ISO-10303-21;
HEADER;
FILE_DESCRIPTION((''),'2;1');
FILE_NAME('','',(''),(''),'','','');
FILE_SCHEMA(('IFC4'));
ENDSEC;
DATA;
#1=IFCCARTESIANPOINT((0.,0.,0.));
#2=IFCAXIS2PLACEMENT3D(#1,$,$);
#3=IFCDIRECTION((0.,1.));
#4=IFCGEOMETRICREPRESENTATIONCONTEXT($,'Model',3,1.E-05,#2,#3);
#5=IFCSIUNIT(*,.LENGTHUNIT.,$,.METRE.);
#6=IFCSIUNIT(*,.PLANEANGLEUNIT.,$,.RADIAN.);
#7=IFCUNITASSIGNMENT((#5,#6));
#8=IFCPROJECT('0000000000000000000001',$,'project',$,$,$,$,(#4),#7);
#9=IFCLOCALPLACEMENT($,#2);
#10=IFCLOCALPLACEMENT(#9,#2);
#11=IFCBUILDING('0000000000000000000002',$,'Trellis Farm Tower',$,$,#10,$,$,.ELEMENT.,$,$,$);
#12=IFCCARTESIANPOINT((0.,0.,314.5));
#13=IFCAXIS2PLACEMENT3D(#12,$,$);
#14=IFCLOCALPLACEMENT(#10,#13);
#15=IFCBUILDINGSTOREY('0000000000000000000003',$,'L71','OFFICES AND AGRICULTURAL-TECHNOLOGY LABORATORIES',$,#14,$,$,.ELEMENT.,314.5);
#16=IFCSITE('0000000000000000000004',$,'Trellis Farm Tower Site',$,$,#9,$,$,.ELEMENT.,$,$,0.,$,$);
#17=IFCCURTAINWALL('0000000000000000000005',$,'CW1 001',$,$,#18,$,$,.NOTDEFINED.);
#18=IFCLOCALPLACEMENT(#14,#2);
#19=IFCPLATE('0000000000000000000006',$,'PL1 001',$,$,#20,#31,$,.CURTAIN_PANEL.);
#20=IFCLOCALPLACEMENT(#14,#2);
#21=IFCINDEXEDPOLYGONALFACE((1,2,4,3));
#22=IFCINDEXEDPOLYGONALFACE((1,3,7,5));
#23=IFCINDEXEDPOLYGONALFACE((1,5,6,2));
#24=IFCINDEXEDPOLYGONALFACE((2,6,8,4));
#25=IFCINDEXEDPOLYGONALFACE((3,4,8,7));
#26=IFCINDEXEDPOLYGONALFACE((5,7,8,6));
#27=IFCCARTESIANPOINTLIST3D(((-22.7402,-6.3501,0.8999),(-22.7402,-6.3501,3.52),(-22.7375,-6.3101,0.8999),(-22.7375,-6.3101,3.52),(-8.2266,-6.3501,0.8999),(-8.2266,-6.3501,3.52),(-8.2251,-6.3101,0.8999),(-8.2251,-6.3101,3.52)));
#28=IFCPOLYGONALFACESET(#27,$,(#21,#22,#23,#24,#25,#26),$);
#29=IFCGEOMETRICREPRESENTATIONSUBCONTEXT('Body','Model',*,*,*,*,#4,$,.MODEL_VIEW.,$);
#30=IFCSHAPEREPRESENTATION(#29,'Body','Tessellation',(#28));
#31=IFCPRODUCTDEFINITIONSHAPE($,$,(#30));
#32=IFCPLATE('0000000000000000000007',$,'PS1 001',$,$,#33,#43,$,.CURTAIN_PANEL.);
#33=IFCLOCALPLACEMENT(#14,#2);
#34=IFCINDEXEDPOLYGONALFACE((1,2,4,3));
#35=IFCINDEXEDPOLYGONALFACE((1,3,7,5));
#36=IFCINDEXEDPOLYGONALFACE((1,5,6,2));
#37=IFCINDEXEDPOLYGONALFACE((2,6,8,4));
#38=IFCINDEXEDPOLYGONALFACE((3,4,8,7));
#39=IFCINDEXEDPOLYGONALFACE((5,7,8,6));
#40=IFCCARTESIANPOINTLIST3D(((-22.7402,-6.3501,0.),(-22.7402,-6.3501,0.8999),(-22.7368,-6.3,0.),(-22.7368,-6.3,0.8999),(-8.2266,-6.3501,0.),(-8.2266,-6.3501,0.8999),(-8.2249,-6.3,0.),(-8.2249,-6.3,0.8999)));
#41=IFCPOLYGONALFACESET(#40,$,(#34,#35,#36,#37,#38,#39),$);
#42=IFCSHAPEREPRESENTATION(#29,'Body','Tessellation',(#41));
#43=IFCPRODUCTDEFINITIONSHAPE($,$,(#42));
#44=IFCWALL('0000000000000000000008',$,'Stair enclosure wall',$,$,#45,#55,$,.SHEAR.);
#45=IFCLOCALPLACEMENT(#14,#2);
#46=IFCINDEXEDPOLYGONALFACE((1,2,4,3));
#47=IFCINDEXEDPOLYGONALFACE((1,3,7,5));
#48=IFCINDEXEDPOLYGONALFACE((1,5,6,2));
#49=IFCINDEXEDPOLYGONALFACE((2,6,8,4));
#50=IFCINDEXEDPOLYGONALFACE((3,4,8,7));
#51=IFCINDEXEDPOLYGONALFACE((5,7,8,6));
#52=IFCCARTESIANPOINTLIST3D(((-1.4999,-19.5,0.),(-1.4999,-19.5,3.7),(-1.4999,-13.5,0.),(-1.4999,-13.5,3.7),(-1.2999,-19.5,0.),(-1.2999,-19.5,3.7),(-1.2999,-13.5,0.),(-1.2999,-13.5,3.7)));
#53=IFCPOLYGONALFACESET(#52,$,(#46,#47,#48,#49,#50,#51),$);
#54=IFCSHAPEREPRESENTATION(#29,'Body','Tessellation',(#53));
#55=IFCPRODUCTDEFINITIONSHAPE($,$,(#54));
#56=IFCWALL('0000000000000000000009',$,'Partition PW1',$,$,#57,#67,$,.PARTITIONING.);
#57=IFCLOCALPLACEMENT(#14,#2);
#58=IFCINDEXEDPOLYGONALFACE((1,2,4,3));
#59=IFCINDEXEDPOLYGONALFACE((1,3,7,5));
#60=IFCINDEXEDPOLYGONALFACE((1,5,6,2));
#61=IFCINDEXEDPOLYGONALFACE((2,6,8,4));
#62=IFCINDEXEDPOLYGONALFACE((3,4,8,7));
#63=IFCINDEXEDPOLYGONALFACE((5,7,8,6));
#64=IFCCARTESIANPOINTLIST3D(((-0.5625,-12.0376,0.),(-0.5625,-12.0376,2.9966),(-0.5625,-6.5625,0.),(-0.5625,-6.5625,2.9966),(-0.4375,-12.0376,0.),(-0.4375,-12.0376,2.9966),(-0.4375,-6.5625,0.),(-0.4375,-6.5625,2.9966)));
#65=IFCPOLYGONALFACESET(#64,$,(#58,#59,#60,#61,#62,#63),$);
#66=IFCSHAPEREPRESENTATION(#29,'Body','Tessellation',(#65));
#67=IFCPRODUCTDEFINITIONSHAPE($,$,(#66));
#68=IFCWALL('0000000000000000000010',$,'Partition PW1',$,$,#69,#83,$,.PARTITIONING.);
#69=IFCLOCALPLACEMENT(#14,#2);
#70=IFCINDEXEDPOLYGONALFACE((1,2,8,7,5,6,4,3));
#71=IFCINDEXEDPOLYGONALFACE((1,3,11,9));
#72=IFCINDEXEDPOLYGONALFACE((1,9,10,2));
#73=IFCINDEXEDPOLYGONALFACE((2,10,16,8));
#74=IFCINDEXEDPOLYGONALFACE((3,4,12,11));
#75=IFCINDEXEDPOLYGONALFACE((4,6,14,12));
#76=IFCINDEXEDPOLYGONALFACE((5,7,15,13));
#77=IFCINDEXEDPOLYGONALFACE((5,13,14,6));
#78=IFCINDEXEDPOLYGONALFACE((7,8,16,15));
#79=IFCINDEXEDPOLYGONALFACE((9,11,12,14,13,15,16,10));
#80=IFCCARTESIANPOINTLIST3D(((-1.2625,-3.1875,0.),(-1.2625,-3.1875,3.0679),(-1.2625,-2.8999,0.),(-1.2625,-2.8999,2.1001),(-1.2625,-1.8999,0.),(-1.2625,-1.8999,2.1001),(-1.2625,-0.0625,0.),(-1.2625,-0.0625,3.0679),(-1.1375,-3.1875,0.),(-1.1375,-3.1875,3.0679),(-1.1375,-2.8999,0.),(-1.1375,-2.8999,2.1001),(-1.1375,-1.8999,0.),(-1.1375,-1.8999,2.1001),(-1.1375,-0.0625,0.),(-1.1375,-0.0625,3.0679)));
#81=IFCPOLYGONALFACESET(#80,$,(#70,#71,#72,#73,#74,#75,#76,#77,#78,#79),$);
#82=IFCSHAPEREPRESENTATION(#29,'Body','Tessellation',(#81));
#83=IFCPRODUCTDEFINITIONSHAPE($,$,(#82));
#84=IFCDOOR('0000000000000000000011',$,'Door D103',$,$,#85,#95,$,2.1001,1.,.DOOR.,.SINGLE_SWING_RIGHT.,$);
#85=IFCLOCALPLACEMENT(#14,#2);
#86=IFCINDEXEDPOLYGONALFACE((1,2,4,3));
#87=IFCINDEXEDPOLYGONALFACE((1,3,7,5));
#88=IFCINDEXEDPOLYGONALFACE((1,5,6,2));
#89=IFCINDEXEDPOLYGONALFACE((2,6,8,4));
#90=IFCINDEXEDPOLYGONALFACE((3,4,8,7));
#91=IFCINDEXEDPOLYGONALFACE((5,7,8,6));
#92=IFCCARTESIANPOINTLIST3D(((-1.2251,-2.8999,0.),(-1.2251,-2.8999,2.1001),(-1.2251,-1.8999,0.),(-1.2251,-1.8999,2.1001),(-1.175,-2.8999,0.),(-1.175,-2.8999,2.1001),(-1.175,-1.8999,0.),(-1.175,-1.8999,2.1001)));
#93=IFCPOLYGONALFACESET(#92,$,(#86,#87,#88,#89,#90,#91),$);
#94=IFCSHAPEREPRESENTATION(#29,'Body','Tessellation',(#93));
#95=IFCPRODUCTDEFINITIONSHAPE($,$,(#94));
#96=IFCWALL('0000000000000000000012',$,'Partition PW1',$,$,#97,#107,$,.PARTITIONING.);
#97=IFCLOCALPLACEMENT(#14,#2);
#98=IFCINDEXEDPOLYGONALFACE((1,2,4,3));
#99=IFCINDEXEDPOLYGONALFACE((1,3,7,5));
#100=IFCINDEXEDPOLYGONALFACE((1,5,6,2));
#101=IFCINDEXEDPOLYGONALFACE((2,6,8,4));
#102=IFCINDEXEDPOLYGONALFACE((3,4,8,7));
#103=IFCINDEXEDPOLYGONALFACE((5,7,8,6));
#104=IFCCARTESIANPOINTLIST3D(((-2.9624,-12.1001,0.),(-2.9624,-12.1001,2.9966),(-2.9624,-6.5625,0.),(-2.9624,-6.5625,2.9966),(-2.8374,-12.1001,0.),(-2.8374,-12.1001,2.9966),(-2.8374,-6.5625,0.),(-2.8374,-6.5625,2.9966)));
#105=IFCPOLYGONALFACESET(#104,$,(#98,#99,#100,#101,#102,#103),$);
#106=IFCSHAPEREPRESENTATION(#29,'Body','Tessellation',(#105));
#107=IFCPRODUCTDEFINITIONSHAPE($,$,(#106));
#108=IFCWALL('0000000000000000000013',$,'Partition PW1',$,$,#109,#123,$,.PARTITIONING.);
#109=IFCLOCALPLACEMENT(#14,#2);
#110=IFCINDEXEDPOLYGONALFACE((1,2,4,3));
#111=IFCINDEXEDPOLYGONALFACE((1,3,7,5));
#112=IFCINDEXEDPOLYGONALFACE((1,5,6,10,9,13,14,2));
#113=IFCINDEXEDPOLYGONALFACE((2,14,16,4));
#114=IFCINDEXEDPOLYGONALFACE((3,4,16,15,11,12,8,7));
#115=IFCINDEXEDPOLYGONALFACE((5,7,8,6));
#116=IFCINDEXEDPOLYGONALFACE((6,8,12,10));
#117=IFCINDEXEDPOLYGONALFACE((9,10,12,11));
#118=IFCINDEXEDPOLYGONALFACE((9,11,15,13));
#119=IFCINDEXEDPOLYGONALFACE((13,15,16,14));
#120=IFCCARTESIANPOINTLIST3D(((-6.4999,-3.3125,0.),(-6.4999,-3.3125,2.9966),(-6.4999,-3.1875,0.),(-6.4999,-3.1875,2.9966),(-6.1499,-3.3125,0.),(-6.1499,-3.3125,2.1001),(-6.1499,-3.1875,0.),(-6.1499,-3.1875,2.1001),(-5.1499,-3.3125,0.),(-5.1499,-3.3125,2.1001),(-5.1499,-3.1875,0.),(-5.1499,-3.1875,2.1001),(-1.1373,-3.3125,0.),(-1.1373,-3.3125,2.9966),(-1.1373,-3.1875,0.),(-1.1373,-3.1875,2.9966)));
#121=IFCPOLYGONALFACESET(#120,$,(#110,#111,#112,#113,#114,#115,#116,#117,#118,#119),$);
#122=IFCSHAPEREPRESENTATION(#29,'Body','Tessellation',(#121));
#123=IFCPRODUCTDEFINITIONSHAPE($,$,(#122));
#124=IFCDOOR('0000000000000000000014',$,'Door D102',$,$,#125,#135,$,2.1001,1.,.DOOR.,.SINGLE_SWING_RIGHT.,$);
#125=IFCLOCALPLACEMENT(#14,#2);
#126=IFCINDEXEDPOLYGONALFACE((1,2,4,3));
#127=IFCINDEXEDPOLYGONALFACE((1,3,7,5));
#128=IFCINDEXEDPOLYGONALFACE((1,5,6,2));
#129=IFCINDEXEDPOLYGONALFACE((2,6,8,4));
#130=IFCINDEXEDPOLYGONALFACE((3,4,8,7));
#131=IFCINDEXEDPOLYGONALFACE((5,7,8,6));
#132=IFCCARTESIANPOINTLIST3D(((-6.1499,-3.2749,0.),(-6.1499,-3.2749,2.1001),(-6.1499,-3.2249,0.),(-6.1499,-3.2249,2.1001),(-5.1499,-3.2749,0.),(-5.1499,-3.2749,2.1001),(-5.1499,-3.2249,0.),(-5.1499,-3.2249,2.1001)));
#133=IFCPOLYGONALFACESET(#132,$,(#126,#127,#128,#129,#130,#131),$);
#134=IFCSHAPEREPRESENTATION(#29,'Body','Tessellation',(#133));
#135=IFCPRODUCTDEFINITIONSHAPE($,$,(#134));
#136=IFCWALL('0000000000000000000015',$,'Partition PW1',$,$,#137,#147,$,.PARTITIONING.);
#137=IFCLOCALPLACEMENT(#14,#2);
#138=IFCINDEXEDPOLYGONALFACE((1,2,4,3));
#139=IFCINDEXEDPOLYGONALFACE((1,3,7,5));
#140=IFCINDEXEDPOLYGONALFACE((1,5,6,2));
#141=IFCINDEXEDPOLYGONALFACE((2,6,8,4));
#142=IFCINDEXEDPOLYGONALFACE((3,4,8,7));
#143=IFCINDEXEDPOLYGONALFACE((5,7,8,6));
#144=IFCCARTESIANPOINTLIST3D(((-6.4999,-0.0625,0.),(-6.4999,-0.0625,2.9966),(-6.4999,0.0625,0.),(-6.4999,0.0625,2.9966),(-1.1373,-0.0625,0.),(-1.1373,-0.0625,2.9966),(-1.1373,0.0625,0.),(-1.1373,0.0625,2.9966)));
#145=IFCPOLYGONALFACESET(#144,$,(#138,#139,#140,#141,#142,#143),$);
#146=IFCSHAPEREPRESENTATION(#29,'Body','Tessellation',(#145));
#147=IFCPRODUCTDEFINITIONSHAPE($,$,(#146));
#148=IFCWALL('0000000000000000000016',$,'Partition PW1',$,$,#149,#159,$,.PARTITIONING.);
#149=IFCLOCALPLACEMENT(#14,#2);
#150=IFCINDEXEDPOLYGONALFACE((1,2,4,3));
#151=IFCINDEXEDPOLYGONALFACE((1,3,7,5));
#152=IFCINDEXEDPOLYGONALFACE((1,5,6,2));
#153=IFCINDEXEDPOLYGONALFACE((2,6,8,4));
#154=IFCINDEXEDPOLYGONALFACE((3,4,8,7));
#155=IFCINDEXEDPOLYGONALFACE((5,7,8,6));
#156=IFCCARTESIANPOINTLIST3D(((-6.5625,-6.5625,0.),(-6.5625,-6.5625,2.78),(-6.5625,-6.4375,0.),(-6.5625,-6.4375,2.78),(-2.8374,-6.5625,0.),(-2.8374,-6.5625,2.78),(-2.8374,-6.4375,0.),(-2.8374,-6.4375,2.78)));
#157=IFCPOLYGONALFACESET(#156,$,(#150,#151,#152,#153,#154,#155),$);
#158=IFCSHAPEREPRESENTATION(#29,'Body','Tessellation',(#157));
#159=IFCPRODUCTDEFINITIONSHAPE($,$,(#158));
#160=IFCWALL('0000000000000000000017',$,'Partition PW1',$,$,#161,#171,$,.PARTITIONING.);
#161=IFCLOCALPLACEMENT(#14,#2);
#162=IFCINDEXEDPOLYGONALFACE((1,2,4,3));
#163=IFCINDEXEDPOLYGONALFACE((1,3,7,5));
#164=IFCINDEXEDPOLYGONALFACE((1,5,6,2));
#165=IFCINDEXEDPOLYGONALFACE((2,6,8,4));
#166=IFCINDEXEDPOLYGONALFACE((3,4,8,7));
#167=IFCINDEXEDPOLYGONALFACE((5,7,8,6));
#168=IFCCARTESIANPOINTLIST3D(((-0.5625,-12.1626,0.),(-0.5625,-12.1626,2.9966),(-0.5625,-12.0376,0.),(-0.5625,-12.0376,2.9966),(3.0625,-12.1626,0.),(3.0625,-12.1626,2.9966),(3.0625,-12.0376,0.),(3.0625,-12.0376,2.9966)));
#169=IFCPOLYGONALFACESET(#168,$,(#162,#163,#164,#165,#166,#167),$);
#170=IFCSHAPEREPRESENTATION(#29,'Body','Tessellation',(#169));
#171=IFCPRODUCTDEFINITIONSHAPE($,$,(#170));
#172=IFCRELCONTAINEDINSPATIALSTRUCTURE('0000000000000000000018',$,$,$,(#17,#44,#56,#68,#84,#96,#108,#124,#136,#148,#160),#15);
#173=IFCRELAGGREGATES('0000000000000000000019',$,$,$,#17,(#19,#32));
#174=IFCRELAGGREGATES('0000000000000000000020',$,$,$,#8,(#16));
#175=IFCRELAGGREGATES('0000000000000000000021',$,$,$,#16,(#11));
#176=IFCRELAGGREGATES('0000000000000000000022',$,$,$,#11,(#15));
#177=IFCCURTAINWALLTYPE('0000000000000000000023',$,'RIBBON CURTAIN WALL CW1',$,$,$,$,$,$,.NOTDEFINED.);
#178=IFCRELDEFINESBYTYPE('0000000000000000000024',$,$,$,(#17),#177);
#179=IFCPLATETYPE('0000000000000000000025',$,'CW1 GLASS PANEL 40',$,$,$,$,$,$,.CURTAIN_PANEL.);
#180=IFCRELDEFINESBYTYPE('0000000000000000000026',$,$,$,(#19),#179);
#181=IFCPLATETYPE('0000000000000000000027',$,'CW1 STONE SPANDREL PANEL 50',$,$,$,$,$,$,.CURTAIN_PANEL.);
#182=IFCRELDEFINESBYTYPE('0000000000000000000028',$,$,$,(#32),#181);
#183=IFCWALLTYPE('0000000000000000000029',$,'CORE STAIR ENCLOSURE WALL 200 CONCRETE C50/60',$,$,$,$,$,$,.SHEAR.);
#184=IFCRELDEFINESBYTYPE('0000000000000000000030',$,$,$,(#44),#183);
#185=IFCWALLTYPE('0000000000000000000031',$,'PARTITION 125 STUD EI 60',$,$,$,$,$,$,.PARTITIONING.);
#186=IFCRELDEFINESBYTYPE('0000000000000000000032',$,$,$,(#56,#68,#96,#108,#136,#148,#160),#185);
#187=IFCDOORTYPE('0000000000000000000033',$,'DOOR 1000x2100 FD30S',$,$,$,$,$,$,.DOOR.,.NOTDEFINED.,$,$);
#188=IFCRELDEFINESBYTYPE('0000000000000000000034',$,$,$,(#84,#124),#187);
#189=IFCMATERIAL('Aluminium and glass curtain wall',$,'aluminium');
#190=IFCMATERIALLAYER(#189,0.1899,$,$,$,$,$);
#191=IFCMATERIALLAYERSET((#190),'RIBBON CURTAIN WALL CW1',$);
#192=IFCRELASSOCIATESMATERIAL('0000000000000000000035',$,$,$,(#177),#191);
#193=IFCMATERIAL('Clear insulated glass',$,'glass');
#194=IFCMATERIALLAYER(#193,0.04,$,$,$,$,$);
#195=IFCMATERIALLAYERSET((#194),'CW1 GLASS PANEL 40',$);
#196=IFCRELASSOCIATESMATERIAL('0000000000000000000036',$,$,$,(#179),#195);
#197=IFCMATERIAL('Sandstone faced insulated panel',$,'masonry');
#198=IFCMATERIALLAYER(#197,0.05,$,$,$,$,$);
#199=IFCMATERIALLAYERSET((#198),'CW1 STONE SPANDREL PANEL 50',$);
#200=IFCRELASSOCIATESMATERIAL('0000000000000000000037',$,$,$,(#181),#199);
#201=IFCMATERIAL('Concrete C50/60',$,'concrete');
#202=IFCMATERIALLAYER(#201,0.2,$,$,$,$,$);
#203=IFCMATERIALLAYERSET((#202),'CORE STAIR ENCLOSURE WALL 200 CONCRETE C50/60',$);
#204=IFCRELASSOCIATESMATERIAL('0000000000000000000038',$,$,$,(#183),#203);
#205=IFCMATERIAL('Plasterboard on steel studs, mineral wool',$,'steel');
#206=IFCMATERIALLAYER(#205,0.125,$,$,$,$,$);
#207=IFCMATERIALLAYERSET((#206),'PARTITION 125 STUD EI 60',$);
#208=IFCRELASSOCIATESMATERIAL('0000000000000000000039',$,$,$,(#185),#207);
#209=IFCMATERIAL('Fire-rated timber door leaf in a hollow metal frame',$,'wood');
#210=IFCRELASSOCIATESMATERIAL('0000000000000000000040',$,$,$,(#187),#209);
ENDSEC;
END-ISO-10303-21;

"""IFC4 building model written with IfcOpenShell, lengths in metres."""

from ifc_helpers import new_model, si_unit, direction, frame, frame_2d, origin, place, context, subcontext, project, spatial, polyline, rectangle, outline, extrude, source, transform, mapped, material, layer, layer_set, type_object, element, fill, aggregate, save


model = new_model("IFC4")

# Units and contexts
model_context = context("Model", 3, precision=1e-05, world=origin(), true_north=direction((0.0, 1.0)))
body_context = subcontext(model_context, "Body", "Model", "MODEL_VIEW")
ifc_project = project(units=[si_unit("LENGTHUNIT", "METRE"), si_unit("PLANEANGLEUNIT", "RADIAN")], contexts=[model_context])

# Site, building, storey
site_placement = place(None, origin())
site = spatial("IfcSite", under=ifc_project, at=site_placement, Name="Trellis Farm Tower Site", CompositionType="ELEMENT", RefElevation=0.0)
building_placement = place(site_placement, origin())
building = spatial("IfcBuilding", under=site, at=building_placement, Name="Trellis Farm Tower", CompositionType="ELEMENT")
storey_placement = place(building_placement, frame((0.0, 0.0, 314.5)))
storey = spatial("IfcBuildingStorey", under=building, at=storey_placement, Name="L71", Description="OFFICES AND AGRICULTURAL-TECHNOLOGY LABORATORIES", CompositionType="ELEMENT", Elevation=314.5)

# Curtain wall
ifc_material_1 = material(Name="Aluminium and glass curtain wall", Category="aluminium")
ifc_layer_1 = layer(ifc_material_1, 0.1899)
ifc_layer_set_1 = layer_set([ifc_layer_1], Name="RIBBON CURTAIN WALL CW1")
curtain_wall_type_1 = type_object("IfcCurtainWallType", Name="RIBBON CURTAIN WALL CW1", PredefinedType="NOTDEFINED", material=ifc_layer_set_1)
placement_1 = place(storey_placement, origin())
curtain_wall_1 = element("IfcCurtainWall", 1, at=placement_1, inside=storey, type_object=curtain_wall_type_1, Name="CW1 001", PredefinedType="NOTDEFINED")

# Shared definitions
ifc_material_2 = material(Name="Concrete C50/60", Category="concrete")

# Shared definitions
ifc_material_3 = material(Name="Clear insulated glass", Category="glass")

# Plates
ifc_layer_2 = layer(ifc_material_3, 0.04)
ifc_layer_set_2 = layer_set([ifc_layer_2], Name="CW1 GLASS PANEL 40")
plate_type_1 = type_object("IfcPlateType", Name="CW1 GLASS PANEL 40", PredefinedType="CURTAIN_PANEL", material=ifc_layer_set_2)
shared_shape_1 = source(origin(), body_context, "Body", "SweptSolid", [
    extrude(outline(polyline([(-22.7402, -6.3501), (-8.2266, -6.3501), (-8.2251, -6.3101), (-22.7375, -6.3101), (-22.7402, -6.3501)])), origin(), (0.0, 0.0, 1.0), 2.6201),
])
plate_1_placement = place(storey_placement, frame((0.0, 0.0, 0.8999)))
plate_1 = element("IfcPlate", 2, at=plate_1_placement, type_object=plate_type_1, Name="PL1 001", PredefinedType="CURTAIN_PANEL", context=body_context, shape_type="MappedRepresentation", body=[
    mapped(shared_shape_1, transform((0.0, 0.0, 0.0))),
])
ifc_material_4 = material(Name="Sandstone faced insulated panel", Category="masonry")
ifc_layer_3 = layer(ifc_material_4, 0.05)
ifc_layer_set_3 = layer_set([ifc_layer_3], Name="CW1 STONE SPANDREL PANEL 50")
plate_type_2 = type_object("IfcPlateType", Name="CW1 STONE SPANDREL PANEL 50", PredefinedType="CURTAIN_PANEL", material=ifc_layer_set_3)
shared_shape_2 = source(origin(), body_context, "Body", "SweptSolid", [
    extrude(outline(polyline([(-22.7402, -6.3501), (-8.2266, -6.3501), (-8.2249, -6.3), (-22.7368, -6.3), (-22.7402, -6.3501)])), origin(), (0.0, 0.0, 1.0), 0.8999),
])
plate_2 = element("IfcPlate", 3, at=placement_1, type_object=plate_type_2, Name="PS1 001", PredefinedType="CURTAIN_PANEL", context=body_context, shape_type="MappedRepresentation", body=[
    mapped(shared_shape_2, transform((0.0, 0.0, 0.0))),
])
aggregate(curtain_wall_1, [plate_1, plate_2])

# Walls
ifc_layer_4 = layer(ifc_material_2, 0.2)
ifc_layer_set_4 = layer_set([ifc_layer_4], Name="CORE STAIR ENCLOSURE WALL 200 CONCRETE C50/60")
wall_type_1 = type_object("IfcWallType", Name="CORE STAIR ENCLOSURE WALL 200 CONCRETE C50/60", PredefinedType="SHEAR", material=ifc_layer_set_4)
shared_shape_3 = source(origin(), body_context, "Body", "SweptSolid", [
    extrude(rectangle(XDim=6.0, YDim=0.2, at=frame_2d((3.0, 0.0))), origin(), (0.0, 0.0, 1.0), 3.7),
])
wall_1_placement = place(storey_placement, frame((-1.3999, -13.5, 0.0), z_axis=(0.0, 0.0, 1.0), x_axis=(0.0, -1.0, 0.0)))
element("IfcWall", 4, at=wall_1_placement, inside=storey, type_object=wall_type_1, Name="Stair enclosure wall", PredefinedType="SHEAR", context=body_context, shape_type="MappedRepresentation", body=[
    mapped(shared_shape_3, transform((0.0, 0.0, 0.0))),
])
ifc_material_5 = material(Name="Plasterboard on steel studs, mineral wool", Category="steel")
ifc_layer_5 = layer(ifc_material_5, 0.125)
ifc_layer_set_5 = layer_set([ifc_layer_5], Name="PARTITION 125 STUD EI 60")
wall_type_2 = type_object("IfcWallType", Name="PARTITION 125 STUD EI 60", PredefinedType="PARTITIONING", material=ifc_layer_set_5)
shared_shape_4 = source(origin(), body_context, "Body", "SweptSolid", [
    extrude(rectangle(XDim=5.4751, YDim=0.125, at=frame_2d((2.7375, 0.0))), origin(), (0.0, 0.0, 1.0), 2.9966),
])
wall_2_placement = place(storey_placement, frame((-0.5, -6.5625, 0.0), z_axis=(0.0, 0.0, 1.0), x_axis=(0.0, -1.0, 0.0)))
element("IfcWall", 5, at=wall_2_placement, inside=storey, type_object=wall_type_2, Name="Partition PW1", PredefinedType="PARTITIONING", context=body_context, shape_type="MappedRepresentation", body=[
    mapped(shared_shape_4, transform((0.0, 0.0, 0.0))),
])

# Wall, opening, door
shared_shape_5 = source(origin(), body_context, "Body", "SweptSolid", [
    extrude(rectangle(XDim=3.125, YDim=0.125, at=frame_2d((1.5625, 0.0))), origin(), (0.0, 0.0, 1.0), 3.0679),
])
wall_3_placement = place(storey_placement, frame((-1.2, -0.0625, 0.0), z_axis=(0.0, 0.0, 1.0), x_axis=(0.0, -1.0, 0.0)))
wall_3 = element("IfcWall", 6, at=wall_3_placement, inside=storey, type_object=wall_type_2, Name="Partition PW1", PredefinedType="PARTITIONING", context=body_context, shape_type="MappedRepresentation", body=[
    mapped(shared_shape_5, transform((0.0, 0.0, 0.0))),
])
shared_shape_6 = source(origin(), body_context, "Body", "SweptSolid", [
    extrude(rectangle(XDim=1.0, YDim=2.1001, at=frame_2d((0.5, 1.05))), frame((0.0, 0.0725, 0.0), z_axis=(0.0, -1.0, 0.0), x_axis=(1.0, 0.0, 0.0)), (0.0, 0.0, 1.0), 0.145),
])
opening_1_placement = place(wall_3_placement, frame((1.8374, 0.0, 0.0)))
opening_1 = element("IfcOpeningElement", 7, at=opening_1_placement, cuts=wall_3, PredefinedType="OPENING", context=body_context, shape_type="MappedRepresentation", body=[
    mapped(shared_shape_6, transform((0.0, 0.0, 0.0))),
])
ifc_material_6 = material(Name="Fire-rated timber door leaf in a hollow metal frame", Category="wood")
door_type = type_object("IfcDoorType", Name="DOOR 1000x2100 FD30S", OperationType="NOTDEFINED", PredefinedType="DOOR", material=ifc_material_6)
shared_shape_7 = source(origin(), body_context, "Body", "SweptSolid", [
    extrude(rectangle(XDim=1.0, YDim=2.1001, at=frame_2d((0.5, 1.05))), frame((0.0, 0.0249, 0.0), z_axis=(0.0, -1.0, 0.0), x_axis=(1.0, 0.0, 0.0)), (0.0, 0.0, 1.0), 0.05),
])
door_1_placement = place(opening_1_placement, origin())
door_1 = element("IfcDoor", 8, at=door_1_placement, inside=storey, type_object=door_type, Name="Door D103", OperationType="SINGLE_SWING_RIGHT", OverallHeight=2.1001, OverallWidth=1.0, PredefinedType="DOOR", context=body_context, shape_type="MappedRepresentation", body=[
    mapped(shared_shape_7, transform((0.0, 0.0, 0.0))),
])
fill(opening_1, door_1)

# Wall
shared_shape_8 = source(origin(), body_context, "Body", "SweptSolid", [
    extrude(rectangle(XDim=5.5376, YDim=0.125, at=frame_2d((2.7688, 0.0))), origin(), (0.0, 0.0, 1.0), 2.9966),
])
wall_4_placement = place(storey_placement, frame((-2.8999, -12.1001, 0.0), z_axis=(0.0, 0.0, 1.0), x_axis=(0.0, 1.0, 0.0)))
element("IfcWall", 9, at=wall_4_placement, inside=storey, type_object=wall_type_2, Name="Partition PW1", PredefinedType="PARTITIONING", context=body_context, shape_type="MappedRepresentation", body=[
    mapped(shared_shape_8, transform((0.0, 0.0, 0.0))),
])

# Wall, opening, door
shared_shape_9 = source(origin(), body_context, "Body", "SweptSolid", [
    extrude(rectangle(XDim=5.3625, YDim=0.125, at=frame_2d((2.6812, 0.0))), origin(), (0.0, 0.0, 1.0), 2.9966),
])
wall_5_placement = place(storey_placement, frame((-1.1375, -3.25, 0.0), z_axis=(0.0, 0.0, 1.0), x_axis=(-1.0, 0.0, 0.0)))
wall_5 = element("IfcWall", 10, at=wall_5_placement, inside=storey, type_object=wall_type_2, Name="Partition PW1", PredefinedType="PARTITIONING", context=body_context, shape_type="MappedRepresentation", body=[
    mapped(shared_shape_9, transform((0.0, 0.0, 0.0))),
])
opening_2_placement = place(wall_5_placement, frame((4.0125, 0.0, 0.0)))
opening_2 = element("IfcOpeningElement", 11, at=opening_2_placement, cuts=wall_5, PredefinedType="OPENING", context=body_context, shape_type="MappedRepresentation", body=[
    mapped(shared_shape_6, transform((0.0, 0.0, 0.0))),
])
door_2_placement = place(opening_2_placement, origin())
door_2 = element("IfcDoor", 12, at=door_2_placement, inside=storey, type_object=door_type, Name="Door D102", OperationType="SINGLE_SWING_RIGHT", OverallHeight=2.1001, OverallWidth=1.0, PredefinedType="DOOR", context=body_context, shape_type="MappedRepresentation", body=[
    mapped(shared_shape_7, transform((0.0, 0.0, 0.0))),
])
fill(opening_2, door_2)

# Walls
wall_6_placement = place(storey_placement, frame((-1.1375, 0.0, 0.0), z_axis=(0.0, 0.0, 1.0), x_axis=(-1.0, 0.0, 0.0)))
element("IfcWall", 13, at=wall_6_placement, inside=storey, type_object=wall_type_2, Name="Partition PW1", PredefinedType="PARTITIONING", context=body_context, shape_type="MappedRepresentation", body=[
    mapped(shared_shape_9, transform((0.0, 0.0, 0.0))),
])
shared_shape_10 = source(origin(), body_context, "Body", "SweptSolid", [
    extrude(rectangle(XDim=3.7251, YDim=0.125, at=frame_2d((1.8625, 0.0))), origin(), (0.0, 0.0, 1.0), 2.78),
])
wall_7_placement = place(storey_placement, frame((-2.8374, -6.5, 0.0), z_axis=(0.0, 0.0, 1.0), x_axis=(-1.0, 0.0, 0.0)))
element("IfcWall", 14, at=wall_7_placement, inside=storey, type_object=wall_type_2, Name="Partition PW1", PredefinedType="PARTITIONING", context=body_context, shape_type="MappedRepresentation", body=[
    mapped(shared_shape_10, transform((0.0, 0.0, 0.0))),
])
shared_shape_11 = source(origin(), body_context, "Body", "SweptSolid", [
    extrude(rectangle(XDim=3.625, YDim=0.125, at=frame_2d((1.8125, 0.0))), origin(), (0.0, 0.0, 1.0), 2.9966),
])
wall_8_placement = place(storey_placement, frame((-0.5625, -12.1001, 0.0), z_axis=(0.0, 0.0, 1.0), x_axis=(1.0, 0.0, 0.0)))
element("IfcWall", 15, at=wall_8_placement, inside=storey, type_object=wall_type_2, Name="Partition PW1", PredefinedType="PARTITIONING", context=body_context, shape_type="MappedRepresentation", body=[
    mapped(shared_shape_11, transform((0.0, 0.0, 0.0))),
])

save(model, "model.ifc")
